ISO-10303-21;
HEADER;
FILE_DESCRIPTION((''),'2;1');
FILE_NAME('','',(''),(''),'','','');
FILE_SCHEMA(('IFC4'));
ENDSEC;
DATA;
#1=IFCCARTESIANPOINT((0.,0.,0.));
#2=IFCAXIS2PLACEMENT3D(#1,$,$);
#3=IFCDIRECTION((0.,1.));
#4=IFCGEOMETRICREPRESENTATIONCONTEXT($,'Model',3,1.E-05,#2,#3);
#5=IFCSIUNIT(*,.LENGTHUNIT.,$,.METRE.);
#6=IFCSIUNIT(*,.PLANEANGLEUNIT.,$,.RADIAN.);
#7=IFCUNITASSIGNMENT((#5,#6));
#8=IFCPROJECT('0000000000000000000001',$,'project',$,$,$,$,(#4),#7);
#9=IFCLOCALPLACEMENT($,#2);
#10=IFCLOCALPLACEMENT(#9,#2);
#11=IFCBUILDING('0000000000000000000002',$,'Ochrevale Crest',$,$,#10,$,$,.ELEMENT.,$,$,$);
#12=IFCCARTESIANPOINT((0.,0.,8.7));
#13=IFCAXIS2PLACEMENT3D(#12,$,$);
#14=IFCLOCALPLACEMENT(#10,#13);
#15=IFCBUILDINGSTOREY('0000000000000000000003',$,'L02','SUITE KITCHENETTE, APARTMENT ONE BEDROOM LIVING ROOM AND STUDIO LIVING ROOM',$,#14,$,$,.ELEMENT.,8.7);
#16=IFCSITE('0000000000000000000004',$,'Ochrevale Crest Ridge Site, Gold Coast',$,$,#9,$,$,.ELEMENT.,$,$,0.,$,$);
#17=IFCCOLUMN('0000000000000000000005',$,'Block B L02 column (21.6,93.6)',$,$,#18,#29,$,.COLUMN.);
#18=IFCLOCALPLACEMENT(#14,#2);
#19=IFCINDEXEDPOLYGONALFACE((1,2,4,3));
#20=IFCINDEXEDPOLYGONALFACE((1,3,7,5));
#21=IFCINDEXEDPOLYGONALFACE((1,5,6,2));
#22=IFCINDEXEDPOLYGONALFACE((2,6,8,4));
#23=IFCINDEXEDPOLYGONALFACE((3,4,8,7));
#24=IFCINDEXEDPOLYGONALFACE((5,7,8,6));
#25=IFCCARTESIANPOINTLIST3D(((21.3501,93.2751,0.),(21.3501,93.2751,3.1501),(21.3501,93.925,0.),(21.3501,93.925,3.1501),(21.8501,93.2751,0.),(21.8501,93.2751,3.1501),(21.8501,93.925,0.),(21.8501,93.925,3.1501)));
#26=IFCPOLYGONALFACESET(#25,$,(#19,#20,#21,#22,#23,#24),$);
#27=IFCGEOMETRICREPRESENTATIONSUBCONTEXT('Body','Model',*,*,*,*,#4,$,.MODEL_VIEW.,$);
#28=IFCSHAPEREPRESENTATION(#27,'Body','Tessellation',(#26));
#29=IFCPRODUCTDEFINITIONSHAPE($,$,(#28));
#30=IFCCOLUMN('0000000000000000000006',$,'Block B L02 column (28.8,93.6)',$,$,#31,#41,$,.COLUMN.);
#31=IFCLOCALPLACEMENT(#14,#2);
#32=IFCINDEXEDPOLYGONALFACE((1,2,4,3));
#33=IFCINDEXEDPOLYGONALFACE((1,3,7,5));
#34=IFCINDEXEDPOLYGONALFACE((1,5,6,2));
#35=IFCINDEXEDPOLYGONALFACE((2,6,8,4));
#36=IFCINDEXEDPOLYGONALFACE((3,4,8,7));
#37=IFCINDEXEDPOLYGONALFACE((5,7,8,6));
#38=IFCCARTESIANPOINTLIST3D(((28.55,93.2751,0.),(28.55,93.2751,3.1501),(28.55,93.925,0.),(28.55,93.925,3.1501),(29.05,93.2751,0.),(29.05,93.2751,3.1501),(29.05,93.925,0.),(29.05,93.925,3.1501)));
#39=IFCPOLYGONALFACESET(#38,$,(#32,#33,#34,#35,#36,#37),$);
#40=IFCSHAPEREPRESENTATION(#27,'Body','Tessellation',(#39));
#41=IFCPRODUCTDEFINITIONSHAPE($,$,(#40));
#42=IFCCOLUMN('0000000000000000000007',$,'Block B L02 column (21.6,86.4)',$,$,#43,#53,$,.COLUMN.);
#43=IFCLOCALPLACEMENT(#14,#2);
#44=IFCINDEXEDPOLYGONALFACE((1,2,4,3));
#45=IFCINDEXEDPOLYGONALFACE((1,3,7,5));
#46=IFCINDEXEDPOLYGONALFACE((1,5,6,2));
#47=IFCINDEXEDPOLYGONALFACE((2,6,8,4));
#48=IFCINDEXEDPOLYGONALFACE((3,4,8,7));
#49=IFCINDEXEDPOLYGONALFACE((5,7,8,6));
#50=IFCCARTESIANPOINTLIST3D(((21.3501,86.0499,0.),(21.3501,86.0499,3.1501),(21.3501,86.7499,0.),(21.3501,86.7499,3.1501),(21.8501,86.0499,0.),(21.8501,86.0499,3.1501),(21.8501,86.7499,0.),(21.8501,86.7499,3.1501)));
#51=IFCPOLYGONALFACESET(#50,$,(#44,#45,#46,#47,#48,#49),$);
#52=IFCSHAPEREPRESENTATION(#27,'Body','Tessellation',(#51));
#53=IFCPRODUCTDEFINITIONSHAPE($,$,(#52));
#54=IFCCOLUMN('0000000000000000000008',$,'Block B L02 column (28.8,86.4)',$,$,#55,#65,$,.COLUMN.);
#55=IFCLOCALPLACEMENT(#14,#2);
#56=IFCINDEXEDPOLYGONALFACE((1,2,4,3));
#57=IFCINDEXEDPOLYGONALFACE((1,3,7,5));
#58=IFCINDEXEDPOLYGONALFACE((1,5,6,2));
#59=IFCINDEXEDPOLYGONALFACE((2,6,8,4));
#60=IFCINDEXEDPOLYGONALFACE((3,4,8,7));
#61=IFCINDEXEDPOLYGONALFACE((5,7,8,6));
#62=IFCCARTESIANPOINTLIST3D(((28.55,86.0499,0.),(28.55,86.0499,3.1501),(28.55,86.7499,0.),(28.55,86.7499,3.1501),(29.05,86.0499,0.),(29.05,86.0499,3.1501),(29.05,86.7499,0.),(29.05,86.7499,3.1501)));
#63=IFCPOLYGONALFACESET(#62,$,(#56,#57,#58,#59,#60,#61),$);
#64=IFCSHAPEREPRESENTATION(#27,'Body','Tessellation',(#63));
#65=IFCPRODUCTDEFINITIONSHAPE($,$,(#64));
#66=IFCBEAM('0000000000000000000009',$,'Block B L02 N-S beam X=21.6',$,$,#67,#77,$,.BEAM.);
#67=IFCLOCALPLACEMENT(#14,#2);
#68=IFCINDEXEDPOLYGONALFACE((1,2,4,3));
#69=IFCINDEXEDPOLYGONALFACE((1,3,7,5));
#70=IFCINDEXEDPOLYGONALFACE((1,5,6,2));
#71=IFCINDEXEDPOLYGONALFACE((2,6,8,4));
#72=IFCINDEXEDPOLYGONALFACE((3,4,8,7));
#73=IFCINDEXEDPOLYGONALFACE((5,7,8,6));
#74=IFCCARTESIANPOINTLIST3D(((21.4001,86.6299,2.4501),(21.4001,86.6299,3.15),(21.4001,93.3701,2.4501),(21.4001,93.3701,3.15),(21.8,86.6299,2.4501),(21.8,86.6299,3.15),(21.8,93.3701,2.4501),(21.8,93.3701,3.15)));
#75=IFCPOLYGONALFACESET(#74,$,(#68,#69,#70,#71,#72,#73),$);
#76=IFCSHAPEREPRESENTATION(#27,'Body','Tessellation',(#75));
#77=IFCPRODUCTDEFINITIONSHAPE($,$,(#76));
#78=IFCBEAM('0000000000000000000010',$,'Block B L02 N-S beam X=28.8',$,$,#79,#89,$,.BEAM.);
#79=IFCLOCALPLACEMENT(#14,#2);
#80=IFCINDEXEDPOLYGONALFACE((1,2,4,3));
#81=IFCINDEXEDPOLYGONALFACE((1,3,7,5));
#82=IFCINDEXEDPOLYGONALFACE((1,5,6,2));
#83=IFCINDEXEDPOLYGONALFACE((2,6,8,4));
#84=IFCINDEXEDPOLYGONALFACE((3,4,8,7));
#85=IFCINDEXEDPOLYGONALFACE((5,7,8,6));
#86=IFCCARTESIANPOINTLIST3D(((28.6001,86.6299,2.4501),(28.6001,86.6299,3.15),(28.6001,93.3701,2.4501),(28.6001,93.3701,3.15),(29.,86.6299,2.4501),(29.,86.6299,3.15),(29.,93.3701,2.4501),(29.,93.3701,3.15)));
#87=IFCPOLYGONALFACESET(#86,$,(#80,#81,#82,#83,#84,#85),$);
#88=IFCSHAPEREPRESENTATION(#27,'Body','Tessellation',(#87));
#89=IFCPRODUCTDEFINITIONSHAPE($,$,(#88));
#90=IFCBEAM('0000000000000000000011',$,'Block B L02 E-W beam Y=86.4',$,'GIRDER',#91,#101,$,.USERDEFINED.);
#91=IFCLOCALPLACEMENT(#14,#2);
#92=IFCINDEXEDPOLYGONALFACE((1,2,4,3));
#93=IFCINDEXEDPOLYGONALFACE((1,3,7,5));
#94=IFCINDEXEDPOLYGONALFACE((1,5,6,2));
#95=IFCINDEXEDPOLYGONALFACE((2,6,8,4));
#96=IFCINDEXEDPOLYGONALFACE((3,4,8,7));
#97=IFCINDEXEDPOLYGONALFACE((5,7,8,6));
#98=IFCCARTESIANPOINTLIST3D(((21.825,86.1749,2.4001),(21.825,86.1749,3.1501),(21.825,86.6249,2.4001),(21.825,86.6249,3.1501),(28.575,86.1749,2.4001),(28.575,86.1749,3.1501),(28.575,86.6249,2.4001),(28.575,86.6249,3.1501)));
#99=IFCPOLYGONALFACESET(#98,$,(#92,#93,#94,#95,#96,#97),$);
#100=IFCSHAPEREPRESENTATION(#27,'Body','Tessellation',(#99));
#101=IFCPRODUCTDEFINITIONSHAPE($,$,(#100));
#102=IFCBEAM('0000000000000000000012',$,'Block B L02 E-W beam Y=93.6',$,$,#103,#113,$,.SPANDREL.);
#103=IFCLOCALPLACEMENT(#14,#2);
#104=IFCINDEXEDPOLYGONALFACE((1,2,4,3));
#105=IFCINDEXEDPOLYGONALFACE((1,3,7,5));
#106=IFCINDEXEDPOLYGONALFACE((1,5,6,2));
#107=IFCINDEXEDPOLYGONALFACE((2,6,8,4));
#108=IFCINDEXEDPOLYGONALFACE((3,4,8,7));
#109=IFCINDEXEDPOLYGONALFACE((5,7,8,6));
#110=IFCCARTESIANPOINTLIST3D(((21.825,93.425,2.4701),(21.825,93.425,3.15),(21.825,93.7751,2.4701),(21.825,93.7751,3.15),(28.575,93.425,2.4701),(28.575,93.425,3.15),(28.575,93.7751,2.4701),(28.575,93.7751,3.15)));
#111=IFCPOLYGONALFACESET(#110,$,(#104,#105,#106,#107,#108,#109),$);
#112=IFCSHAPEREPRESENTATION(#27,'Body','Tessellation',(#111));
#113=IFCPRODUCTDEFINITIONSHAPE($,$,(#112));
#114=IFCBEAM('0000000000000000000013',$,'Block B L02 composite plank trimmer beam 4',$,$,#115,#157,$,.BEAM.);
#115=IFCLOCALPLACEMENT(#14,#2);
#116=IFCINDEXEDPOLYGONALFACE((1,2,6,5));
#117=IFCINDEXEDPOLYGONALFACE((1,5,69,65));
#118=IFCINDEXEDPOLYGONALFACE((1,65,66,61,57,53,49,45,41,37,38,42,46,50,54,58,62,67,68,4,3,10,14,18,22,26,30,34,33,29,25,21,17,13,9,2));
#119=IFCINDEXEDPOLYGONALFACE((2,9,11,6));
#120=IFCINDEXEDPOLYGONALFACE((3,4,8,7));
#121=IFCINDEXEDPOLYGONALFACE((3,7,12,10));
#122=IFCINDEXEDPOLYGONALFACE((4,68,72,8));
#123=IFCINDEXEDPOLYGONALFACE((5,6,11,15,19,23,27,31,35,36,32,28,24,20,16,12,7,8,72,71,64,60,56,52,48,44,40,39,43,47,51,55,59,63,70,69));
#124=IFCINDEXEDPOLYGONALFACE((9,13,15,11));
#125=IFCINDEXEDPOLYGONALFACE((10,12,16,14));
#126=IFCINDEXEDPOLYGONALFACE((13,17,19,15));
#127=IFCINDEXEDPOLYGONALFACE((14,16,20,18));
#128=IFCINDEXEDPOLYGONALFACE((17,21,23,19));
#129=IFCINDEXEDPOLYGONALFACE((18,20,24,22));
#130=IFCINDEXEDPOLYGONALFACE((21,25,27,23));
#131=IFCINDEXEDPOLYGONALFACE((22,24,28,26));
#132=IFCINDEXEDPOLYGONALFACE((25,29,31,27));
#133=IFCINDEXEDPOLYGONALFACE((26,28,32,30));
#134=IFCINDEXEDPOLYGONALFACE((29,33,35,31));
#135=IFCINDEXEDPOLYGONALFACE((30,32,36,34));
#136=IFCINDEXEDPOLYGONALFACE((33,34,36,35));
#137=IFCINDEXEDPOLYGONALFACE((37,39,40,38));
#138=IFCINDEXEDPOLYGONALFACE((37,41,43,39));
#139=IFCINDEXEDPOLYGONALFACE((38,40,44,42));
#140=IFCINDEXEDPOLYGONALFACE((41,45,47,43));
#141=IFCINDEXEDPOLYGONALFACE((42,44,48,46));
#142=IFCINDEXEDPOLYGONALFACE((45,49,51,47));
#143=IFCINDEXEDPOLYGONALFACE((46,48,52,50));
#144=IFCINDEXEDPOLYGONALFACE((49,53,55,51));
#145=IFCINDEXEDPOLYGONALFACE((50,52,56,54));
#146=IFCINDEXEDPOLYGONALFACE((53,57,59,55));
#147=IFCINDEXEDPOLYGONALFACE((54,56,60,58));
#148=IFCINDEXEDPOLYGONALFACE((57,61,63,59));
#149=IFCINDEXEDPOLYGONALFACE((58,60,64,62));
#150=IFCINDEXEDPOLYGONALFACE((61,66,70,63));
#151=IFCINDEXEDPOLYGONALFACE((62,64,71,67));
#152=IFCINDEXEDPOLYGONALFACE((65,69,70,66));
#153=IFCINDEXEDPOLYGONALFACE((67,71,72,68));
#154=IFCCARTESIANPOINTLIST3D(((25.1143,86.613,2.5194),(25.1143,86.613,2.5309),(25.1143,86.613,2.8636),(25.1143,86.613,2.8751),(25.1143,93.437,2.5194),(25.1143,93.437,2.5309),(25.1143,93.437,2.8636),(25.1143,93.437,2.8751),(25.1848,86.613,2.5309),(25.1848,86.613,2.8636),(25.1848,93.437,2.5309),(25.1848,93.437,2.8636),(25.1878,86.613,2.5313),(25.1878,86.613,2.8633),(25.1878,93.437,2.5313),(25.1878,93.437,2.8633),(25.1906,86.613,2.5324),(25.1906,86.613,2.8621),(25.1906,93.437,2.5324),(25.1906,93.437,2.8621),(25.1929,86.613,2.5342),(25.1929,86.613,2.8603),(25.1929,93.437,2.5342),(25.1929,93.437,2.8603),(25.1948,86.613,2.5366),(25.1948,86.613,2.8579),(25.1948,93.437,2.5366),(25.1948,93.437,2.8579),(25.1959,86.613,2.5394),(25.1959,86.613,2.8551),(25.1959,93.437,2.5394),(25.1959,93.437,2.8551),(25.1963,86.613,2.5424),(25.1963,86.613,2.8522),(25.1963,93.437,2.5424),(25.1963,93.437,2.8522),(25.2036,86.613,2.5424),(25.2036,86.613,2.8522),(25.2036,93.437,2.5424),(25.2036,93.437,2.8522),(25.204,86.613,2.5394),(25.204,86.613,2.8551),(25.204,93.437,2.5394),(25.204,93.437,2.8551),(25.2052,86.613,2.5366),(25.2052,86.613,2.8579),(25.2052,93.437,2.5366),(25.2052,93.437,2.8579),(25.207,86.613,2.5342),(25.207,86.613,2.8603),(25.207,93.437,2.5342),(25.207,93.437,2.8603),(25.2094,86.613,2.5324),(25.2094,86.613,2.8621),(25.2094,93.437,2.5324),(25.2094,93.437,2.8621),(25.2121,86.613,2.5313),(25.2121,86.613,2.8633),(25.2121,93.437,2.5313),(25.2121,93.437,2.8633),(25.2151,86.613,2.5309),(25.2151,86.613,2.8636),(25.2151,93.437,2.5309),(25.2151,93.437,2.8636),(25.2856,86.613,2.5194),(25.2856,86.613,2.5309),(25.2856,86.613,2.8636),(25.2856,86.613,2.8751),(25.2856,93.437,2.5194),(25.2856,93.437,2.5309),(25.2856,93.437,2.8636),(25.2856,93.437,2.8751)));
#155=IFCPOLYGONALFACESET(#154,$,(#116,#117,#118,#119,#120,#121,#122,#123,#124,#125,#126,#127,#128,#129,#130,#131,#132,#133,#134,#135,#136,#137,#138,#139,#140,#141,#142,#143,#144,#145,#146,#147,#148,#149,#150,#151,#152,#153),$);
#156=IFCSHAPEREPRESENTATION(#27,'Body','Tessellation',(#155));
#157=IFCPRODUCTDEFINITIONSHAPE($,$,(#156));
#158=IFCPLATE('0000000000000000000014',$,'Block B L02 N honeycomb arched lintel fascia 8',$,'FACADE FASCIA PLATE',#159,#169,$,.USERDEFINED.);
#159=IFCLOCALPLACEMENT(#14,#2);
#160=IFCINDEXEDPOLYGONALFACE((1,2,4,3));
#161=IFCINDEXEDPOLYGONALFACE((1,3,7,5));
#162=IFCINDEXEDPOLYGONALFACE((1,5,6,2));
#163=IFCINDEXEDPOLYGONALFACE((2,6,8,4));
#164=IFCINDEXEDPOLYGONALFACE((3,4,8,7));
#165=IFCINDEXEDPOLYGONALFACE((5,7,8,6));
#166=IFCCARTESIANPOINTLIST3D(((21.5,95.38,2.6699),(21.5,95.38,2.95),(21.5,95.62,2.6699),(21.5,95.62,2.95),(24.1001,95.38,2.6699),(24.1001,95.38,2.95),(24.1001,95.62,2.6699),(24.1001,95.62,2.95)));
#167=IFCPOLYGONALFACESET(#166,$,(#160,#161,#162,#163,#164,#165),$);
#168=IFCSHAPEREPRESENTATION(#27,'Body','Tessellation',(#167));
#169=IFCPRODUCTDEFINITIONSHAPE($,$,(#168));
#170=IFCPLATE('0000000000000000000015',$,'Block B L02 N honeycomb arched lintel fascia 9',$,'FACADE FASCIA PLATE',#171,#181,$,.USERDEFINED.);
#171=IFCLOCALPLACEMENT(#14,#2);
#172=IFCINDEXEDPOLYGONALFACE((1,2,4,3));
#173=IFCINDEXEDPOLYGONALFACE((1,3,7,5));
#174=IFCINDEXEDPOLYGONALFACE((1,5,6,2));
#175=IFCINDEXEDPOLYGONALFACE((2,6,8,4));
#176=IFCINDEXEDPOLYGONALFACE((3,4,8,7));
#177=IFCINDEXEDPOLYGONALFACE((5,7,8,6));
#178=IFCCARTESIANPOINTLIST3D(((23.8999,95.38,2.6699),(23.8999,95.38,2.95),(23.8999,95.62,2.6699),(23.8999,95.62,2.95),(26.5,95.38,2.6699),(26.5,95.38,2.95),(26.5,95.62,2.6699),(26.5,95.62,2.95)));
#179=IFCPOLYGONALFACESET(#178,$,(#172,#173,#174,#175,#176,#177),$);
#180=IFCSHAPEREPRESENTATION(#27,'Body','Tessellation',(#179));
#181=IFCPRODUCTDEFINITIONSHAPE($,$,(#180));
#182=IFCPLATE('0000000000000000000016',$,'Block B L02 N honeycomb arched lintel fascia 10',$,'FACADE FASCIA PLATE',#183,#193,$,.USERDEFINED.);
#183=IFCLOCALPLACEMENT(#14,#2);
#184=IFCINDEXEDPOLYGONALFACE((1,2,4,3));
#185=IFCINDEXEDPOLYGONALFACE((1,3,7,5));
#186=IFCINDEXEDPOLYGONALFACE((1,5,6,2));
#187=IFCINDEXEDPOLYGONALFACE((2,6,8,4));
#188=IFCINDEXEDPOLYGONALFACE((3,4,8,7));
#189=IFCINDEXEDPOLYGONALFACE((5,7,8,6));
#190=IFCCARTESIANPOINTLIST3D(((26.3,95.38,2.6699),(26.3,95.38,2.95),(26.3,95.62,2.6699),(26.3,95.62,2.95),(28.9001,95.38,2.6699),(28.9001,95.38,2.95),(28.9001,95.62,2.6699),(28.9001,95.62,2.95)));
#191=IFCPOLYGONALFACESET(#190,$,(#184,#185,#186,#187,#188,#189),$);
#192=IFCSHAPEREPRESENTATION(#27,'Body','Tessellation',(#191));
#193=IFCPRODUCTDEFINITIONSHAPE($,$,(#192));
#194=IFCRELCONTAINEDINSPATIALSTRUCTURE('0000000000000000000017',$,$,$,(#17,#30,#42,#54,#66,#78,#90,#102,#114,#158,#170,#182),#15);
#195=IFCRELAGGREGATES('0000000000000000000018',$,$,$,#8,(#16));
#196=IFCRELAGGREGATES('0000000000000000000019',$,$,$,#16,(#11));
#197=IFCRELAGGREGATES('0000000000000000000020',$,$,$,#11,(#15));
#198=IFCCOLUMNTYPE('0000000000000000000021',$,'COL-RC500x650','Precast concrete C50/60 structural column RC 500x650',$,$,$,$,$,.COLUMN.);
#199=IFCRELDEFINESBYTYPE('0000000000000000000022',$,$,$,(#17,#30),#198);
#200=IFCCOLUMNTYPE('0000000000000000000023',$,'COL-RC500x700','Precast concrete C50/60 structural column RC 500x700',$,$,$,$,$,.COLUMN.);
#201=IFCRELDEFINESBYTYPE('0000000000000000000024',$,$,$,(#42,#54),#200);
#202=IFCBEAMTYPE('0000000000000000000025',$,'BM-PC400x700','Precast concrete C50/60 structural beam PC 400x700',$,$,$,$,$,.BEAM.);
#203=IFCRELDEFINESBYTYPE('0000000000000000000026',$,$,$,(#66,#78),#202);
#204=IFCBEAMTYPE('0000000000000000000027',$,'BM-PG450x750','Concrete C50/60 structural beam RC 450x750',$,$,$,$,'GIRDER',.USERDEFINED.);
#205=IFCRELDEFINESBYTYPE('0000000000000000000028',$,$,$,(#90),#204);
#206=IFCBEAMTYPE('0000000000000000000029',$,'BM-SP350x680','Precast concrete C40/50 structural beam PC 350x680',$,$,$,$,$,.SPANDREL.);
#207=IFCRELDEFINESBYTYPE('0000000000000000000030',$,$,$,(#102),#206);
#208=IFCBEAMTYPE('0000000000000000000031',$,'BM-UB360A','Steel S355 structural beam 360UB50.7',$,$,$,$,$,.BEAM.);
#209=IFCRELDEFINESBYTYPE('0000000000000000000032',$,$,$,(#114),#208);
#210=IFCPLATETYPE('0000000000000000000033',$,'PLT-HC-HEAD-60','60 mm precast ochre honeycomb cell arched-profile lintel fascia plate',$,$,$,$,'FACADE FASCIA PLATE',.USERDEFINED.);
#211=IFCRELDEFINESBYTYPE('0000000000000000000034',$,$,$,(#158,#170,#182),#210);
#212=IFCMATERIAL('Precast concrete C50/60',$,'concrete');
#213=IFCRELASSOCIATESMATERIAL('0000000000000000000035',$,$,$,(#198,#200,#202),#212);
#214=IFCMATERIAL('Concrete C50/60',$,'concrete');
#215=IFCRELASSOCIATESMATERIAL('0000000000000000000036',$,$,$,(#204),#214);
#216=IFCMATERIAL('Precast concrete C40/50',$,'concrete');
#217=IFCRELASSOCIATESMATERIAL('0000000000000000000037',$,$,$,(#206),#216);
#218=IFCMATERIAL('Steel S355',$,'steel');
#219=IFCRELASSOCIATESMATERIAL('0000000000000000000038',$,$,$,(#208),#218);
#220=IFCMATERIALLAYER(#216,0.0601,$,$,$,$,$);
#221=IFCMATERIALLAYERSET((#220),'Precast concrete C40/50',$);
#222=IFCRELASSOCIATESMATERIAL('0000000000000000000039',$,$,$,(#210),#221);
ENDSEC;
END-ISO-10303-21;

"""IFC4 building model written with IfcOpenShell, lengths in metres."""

from ifc_helpers import new_model, si_unit, direction, frame, origin, origin_2d, place, context, subcontext, project, spatial, rectangle, i_section, extrude, material, layer, layer_set, material_profile, profile_set, type_object, element, save


model = new_model("IFC4")

# Units and contexts
model_context = context("Model", 3, precision=1e-05, world=origin(), true_north=direction((0.0, 1.0)))
body_context = subcontext(model_context, "Body", "Model", "MODEL_VIEW")
ifc_project = project(units=[si_unit("LENGTHUNIT", "METRE"), si_unit("PLANEANGLEUNIT", "RADIAN")], contexts=[model_context])

# Site, building, storey
site_placement = place(None, origin())
site = spatial("IfcSite", under=ifc_project, at=site_placement, Name="Ochrevale Crest Ridge Site, Gold Coast", CompositionType="ELEMENT", RefElevation=0.0)
building_placement = place(site_placement, origin())
building = spatial("IfcBuilding", under=site, at=building_placement, Name="Ochrevale Crest", CompositionType="ELEMENT")
storey_placement = place(building_placement, frame((0.0, 0.0, 8.7)))
storey = spatial("IfcBuildingStorey", under=building, at=storey_placement, Name="L02", Description="SUITE KITCHENETTE, APARTMENT ONE BEDROOM LIVING ROOM AND STUDIO LIVING ROOM", CompositionType="ELEMENT", Elevation=8.7)

# Columns
ifc_material_1 = material(Name="Precast concrete C50/60", Category="concrete")
ifc_material_profile_1 = material_profile(ifc_material_1, rectangle(XDim=0.5, YDim=0.6499, at=origin_2d()), Name="RC 500x650")
ifc_profile_set_1 = profile_set([ifc_material_profile_1], Name="Precast concrete C50/60")
column_type_1 = type_object("IfcColumnType", Name="COL-RC500x650", Description="Precast concrete C50/60 structural column RC 500x650", PredefinedType="COLUMN", material=ifc_profile_set_1)
for number, where, z_axis, x_axis, name in (
    (1, (21.6001, 93.6001, 0.0), (0.0, 0.0, 1.0), (1.0, 0.0, 0.0), "Block B L02 column (21.6,93.6)"),
    (2, (28.8, 93.6001, 0.0), (0.0, 0.0, 1.0), (1.0, 0.0, 0.0), "Block B L02 column (28.8,93.6)"),
):
    element("IfcColumn", number, at=place(storey_placement, frame(where, z_axis=z_axis, x_axis=x_axis)), inside=storey, type_object=column_type_1, Name=name, PredefinedType="COLUMN", context=body_context, shape_type="SweptSolid", body=[
        extrude(rectangle(XDim=0.5, YDim=0.6499, at=origin_2d()), origin(), (0.0, 0.0, 1.0), 3.1501),
    ])
ifc_material_profile_2 = material_profile(ifc_material_1, rectangle(XDim=0.5, YDim=0.7, at=origin_2d()), Name="RC 500x700")
ifc_profile_set_2 = profile_set([ifc_material_profile_2], Name="Precast concrete C50/60")
column_type_2 = type_object("IfcColumnType", Name="COL-RC500x700", Description="Precast concrete C50/60 structural column RC 500x700", PredefinedType="COLUMN", material=ifc_profile_set_2)
for number, where, z_axis, x_axis, name in (
    (3, (21.6001, 86.3999, 0.0), (0.0, 0.0, 1.0), (1.0, 0.0, 0.0), "Block B L02 column (21.6,86.4)"),
    (4, (28.8, 86.3999, 0.0), (0.0, 0.0, 1.0), (1.0, 0.0, 0.0), "Block B L02 column (28.8,86.4)"),
):
    element("IfcColumn", number, at=place(storey_placement, frame(where, z_axis=z_axis, x_axis=x_axis)), inside=storey, type_object=column_type_2, Name=name, PredefinedType="COLUMN", context=body_context, shape_type="SweptSolid", body=[
        extrude(rectangle(XDim=0.5, YDim=0.7, at=origin_2d()), origin(), (0.0, 0.0, 1.0), 3.1501),
    ])

# Beams
ifc_material_profile_3 = material_profile(ifc_material_1, rectangle(XDim=0.3999, YDim=0.7, at=origin_2d()), Name="PC 400x700")
ifc_profile_set_3 = profile_set([ifc_material_profile_3], Name="Precast concrete C50/60")
beam_type_1 = type_object("IfcBeamType", Name="BM-PC400x700", Description="Precast concrete C50/60 structural beam PC 400x700", PredefinedType="BEAM", material=ifc_profile_set_3)
for number, where, z_axis, x_axis, name in (
    (5, (21.6001, 86.6299, 2.8), (0.0, 1.0, 0.0), (-1.0, 0.0, 0.0), "Block B L02 N-S beam X=21.6"),
    (6, (28.8, 86.6299, 2.8), (0.0, 1.0, 0.0), (-1.0, 0.0, 0.0), "Block B L02 N-S beam X=28.8"),
):
    element("IfcBeam", number, at=place(storey_placement, frame(where, z_axis=z_axis, x_axis=x_axis)), inside=storey, type_object=beam_type_1, Name=name, PredefinedType="BEAM", context=body_context, shape_type="SweptSolid", body=[
        extrude(rectangle(XDim=0.3999, YDim=0.7, at=origin_2d()), origin(), (0.0, 0.0, 1.0), 6.7402),
    ])
ifc_material_2 = material(Name="Concrete C50/60", Category="concrete")
ifc_material_profile_4 = material_profile(ifc_material_2, rectangle(XDim=0.45, YDim=0.75, at=origin_2d()), Name="RC 450x750")
ifc_profile_set_4 = profile_set([ifc_material_profile_4], Name="Concrete C50/60")
beam_type_2 = type_object("IfcBeamType", Name="BM-PG450x750", Description="Concrete C50/60 structural beam RC 450x750", ElementType="GIRDER", PredefinedType="USERDEFINED", material=ifc_profile_set_4)
beam_1_placement = place(storey_placement, frame((21.825, 86.3999, 2.7751), z_axis=(1.0, 0.0, 0.0), x_axis=(0.0, 1.0, 0.0)))
element("IfcBeam", 7, at=beam_1_placement, inside=storey, type_object=beam_type_2, Name="Block B L02 E-W beam Y=86.4", ObjectType="GIRDER", PredefinedType="USERDEFINED", context=body_context, shape_type="SweptSolid", body=[
    extrude(rectangle(XDim=0.45, YDim=0.75, at=origin_2d()), origin(), (0.0, 0.0, 1.0), 6.75),
])
ifc_material_3 = material(Name="Precast concrete C40/50", Category="concrete")
ifc_material_profile_5 = material_profile(ifc_material_3, rectangle(XDim=0.3501, YDim=0.6799, at=origin_2d()), Name="PC 350x680")
ifc_profile_set_5 = profile_set([ifc_material_profile_5], Name="Precast concrete C40/50")
beam_type_3 = type_object("IfcBeamType", Name="BM-SP350x680", Description="Precast concrete C40/50 structural beam PC 350x680", PredefinedType="SPANDREL", material=ifc_profile_set_5)
beam_2_placement = place(storey_placement, frame((21.825, 93.6001, 2.8101), z_axis=(1.0, 0.0, 0.0), x_axis=(0.0, 1.0, 0.0)))
element("IfcBeam", 8, at=beam_2_placement, inside=storey, type_object=beam_type_3, Name="Block B L02 E-W beam Y=93.6", PredefinedType="SPANDREL", context=body_context, shape_type="SweptSolid", body=[
    extrude(rectangle(XDim=0.3501, YDim=0.6799, at=origin_2d()), origin(), (0.0, 0.0, 1.0), 6.75),
])
ifc_material_4 = material(Name="Steel S355", Category="steel")
ifc_material_profile_6 = material_profile(ifc_material_4, i_section(OverallWidth=0.1714, OverallDepth=0.3557, WebThickness=0.0073, FlangeThickness=0.0115, FilletRadius=0.0115, at=origin_2d()), Name="360UB50.7")
ifc_profile_set_6 = profile_set([ifc_material_profile_6], Name="Steel S355")
beam_type_4 = type_object("IfcBeamType", Name="BM-UB360A", Description="Steel S355 structural beam 360UB50.7", PredefinedType="BEAM", material=ifc_profile_set_6)
beam_3_placement = place(storey_placement, frame((25.2, 86.613, 2.6973), z_axis=(0.0, 1.0, 0.0), x_axis=(-1.0, 0.0, 0.0)))
element("IfcBeam", 9, at=beam_3_placement, inside=storey, type_object=beam_type_4, Name="Block B L02 composite plank trimmer beam 4", PredefinedType="BEAM", context=body_context, shape_type="SweptSolid", body=[
    extrude(i_section(OverallWidth=0.1714, OverallDepth=0.3557, WebThickness=0.0073, FlangeThickness=0.0115, FilletRadius=0.0115, at=origin_2d()), origin(), (0.0, 0.0, 1.0), 6.824),
])

# Plates
ifc_layer_1 = layer(ifc_material_3, 0.0601)
ifc_layer_set_1 = layer_set([ifc_layer_1], Name="Precast concrete C40/50")
plate_type_1 = type_object("IfcPlateType", Name="PLT-HC-HEAD-60", Description="60 mm precast ochre honeycomb cell arched-profile lintel fascia plate", ElementType="FACADE FASCIA PLATE", PredefinedType="USERDEFINED", material=ifc_layer_set_1)
for number, where, z_axis, x_axis, name in (
    (10, (22.8, 95.5, 2.6699), (0.0, 0.0, 1.0), (1.0, 0.0, 0.0), "Block B L02 N honeycomb arched lintel fascia 8"),
    (11, (25.2, 95.5, 2.6699), (0.0, 0.0, 1.0), (1.0, 0.0, 0.0), "Block B L02 N honeycomb arched lintel fascia 9"),
    (12, (27.6001, 95.5, 2.6699), (0.0, 0.0, 1.0), (1.0, 0.0, 0.0), "Block B L02 N honeycomb arched lintel fascia 10"),
):
    element("IfcPlate", number, at=place(storey_placement, frame(where, z_axis=z_axis, x_axis=x_axis)), inside=storey, type_object=plate_type_1, Name=name, ObjectType="FACADE FASCIA PLATE", PredefinedType="USERDEFINED", context=body_context, shape_type="SweptSolid", body=[
        extrude(rectangle(XDim=2.6001, YDim=0.24, at=origin_2d()), origin(), (0.0, 0.0, 1.0), 0.28),
    ])

save(model, "model.ifc")
